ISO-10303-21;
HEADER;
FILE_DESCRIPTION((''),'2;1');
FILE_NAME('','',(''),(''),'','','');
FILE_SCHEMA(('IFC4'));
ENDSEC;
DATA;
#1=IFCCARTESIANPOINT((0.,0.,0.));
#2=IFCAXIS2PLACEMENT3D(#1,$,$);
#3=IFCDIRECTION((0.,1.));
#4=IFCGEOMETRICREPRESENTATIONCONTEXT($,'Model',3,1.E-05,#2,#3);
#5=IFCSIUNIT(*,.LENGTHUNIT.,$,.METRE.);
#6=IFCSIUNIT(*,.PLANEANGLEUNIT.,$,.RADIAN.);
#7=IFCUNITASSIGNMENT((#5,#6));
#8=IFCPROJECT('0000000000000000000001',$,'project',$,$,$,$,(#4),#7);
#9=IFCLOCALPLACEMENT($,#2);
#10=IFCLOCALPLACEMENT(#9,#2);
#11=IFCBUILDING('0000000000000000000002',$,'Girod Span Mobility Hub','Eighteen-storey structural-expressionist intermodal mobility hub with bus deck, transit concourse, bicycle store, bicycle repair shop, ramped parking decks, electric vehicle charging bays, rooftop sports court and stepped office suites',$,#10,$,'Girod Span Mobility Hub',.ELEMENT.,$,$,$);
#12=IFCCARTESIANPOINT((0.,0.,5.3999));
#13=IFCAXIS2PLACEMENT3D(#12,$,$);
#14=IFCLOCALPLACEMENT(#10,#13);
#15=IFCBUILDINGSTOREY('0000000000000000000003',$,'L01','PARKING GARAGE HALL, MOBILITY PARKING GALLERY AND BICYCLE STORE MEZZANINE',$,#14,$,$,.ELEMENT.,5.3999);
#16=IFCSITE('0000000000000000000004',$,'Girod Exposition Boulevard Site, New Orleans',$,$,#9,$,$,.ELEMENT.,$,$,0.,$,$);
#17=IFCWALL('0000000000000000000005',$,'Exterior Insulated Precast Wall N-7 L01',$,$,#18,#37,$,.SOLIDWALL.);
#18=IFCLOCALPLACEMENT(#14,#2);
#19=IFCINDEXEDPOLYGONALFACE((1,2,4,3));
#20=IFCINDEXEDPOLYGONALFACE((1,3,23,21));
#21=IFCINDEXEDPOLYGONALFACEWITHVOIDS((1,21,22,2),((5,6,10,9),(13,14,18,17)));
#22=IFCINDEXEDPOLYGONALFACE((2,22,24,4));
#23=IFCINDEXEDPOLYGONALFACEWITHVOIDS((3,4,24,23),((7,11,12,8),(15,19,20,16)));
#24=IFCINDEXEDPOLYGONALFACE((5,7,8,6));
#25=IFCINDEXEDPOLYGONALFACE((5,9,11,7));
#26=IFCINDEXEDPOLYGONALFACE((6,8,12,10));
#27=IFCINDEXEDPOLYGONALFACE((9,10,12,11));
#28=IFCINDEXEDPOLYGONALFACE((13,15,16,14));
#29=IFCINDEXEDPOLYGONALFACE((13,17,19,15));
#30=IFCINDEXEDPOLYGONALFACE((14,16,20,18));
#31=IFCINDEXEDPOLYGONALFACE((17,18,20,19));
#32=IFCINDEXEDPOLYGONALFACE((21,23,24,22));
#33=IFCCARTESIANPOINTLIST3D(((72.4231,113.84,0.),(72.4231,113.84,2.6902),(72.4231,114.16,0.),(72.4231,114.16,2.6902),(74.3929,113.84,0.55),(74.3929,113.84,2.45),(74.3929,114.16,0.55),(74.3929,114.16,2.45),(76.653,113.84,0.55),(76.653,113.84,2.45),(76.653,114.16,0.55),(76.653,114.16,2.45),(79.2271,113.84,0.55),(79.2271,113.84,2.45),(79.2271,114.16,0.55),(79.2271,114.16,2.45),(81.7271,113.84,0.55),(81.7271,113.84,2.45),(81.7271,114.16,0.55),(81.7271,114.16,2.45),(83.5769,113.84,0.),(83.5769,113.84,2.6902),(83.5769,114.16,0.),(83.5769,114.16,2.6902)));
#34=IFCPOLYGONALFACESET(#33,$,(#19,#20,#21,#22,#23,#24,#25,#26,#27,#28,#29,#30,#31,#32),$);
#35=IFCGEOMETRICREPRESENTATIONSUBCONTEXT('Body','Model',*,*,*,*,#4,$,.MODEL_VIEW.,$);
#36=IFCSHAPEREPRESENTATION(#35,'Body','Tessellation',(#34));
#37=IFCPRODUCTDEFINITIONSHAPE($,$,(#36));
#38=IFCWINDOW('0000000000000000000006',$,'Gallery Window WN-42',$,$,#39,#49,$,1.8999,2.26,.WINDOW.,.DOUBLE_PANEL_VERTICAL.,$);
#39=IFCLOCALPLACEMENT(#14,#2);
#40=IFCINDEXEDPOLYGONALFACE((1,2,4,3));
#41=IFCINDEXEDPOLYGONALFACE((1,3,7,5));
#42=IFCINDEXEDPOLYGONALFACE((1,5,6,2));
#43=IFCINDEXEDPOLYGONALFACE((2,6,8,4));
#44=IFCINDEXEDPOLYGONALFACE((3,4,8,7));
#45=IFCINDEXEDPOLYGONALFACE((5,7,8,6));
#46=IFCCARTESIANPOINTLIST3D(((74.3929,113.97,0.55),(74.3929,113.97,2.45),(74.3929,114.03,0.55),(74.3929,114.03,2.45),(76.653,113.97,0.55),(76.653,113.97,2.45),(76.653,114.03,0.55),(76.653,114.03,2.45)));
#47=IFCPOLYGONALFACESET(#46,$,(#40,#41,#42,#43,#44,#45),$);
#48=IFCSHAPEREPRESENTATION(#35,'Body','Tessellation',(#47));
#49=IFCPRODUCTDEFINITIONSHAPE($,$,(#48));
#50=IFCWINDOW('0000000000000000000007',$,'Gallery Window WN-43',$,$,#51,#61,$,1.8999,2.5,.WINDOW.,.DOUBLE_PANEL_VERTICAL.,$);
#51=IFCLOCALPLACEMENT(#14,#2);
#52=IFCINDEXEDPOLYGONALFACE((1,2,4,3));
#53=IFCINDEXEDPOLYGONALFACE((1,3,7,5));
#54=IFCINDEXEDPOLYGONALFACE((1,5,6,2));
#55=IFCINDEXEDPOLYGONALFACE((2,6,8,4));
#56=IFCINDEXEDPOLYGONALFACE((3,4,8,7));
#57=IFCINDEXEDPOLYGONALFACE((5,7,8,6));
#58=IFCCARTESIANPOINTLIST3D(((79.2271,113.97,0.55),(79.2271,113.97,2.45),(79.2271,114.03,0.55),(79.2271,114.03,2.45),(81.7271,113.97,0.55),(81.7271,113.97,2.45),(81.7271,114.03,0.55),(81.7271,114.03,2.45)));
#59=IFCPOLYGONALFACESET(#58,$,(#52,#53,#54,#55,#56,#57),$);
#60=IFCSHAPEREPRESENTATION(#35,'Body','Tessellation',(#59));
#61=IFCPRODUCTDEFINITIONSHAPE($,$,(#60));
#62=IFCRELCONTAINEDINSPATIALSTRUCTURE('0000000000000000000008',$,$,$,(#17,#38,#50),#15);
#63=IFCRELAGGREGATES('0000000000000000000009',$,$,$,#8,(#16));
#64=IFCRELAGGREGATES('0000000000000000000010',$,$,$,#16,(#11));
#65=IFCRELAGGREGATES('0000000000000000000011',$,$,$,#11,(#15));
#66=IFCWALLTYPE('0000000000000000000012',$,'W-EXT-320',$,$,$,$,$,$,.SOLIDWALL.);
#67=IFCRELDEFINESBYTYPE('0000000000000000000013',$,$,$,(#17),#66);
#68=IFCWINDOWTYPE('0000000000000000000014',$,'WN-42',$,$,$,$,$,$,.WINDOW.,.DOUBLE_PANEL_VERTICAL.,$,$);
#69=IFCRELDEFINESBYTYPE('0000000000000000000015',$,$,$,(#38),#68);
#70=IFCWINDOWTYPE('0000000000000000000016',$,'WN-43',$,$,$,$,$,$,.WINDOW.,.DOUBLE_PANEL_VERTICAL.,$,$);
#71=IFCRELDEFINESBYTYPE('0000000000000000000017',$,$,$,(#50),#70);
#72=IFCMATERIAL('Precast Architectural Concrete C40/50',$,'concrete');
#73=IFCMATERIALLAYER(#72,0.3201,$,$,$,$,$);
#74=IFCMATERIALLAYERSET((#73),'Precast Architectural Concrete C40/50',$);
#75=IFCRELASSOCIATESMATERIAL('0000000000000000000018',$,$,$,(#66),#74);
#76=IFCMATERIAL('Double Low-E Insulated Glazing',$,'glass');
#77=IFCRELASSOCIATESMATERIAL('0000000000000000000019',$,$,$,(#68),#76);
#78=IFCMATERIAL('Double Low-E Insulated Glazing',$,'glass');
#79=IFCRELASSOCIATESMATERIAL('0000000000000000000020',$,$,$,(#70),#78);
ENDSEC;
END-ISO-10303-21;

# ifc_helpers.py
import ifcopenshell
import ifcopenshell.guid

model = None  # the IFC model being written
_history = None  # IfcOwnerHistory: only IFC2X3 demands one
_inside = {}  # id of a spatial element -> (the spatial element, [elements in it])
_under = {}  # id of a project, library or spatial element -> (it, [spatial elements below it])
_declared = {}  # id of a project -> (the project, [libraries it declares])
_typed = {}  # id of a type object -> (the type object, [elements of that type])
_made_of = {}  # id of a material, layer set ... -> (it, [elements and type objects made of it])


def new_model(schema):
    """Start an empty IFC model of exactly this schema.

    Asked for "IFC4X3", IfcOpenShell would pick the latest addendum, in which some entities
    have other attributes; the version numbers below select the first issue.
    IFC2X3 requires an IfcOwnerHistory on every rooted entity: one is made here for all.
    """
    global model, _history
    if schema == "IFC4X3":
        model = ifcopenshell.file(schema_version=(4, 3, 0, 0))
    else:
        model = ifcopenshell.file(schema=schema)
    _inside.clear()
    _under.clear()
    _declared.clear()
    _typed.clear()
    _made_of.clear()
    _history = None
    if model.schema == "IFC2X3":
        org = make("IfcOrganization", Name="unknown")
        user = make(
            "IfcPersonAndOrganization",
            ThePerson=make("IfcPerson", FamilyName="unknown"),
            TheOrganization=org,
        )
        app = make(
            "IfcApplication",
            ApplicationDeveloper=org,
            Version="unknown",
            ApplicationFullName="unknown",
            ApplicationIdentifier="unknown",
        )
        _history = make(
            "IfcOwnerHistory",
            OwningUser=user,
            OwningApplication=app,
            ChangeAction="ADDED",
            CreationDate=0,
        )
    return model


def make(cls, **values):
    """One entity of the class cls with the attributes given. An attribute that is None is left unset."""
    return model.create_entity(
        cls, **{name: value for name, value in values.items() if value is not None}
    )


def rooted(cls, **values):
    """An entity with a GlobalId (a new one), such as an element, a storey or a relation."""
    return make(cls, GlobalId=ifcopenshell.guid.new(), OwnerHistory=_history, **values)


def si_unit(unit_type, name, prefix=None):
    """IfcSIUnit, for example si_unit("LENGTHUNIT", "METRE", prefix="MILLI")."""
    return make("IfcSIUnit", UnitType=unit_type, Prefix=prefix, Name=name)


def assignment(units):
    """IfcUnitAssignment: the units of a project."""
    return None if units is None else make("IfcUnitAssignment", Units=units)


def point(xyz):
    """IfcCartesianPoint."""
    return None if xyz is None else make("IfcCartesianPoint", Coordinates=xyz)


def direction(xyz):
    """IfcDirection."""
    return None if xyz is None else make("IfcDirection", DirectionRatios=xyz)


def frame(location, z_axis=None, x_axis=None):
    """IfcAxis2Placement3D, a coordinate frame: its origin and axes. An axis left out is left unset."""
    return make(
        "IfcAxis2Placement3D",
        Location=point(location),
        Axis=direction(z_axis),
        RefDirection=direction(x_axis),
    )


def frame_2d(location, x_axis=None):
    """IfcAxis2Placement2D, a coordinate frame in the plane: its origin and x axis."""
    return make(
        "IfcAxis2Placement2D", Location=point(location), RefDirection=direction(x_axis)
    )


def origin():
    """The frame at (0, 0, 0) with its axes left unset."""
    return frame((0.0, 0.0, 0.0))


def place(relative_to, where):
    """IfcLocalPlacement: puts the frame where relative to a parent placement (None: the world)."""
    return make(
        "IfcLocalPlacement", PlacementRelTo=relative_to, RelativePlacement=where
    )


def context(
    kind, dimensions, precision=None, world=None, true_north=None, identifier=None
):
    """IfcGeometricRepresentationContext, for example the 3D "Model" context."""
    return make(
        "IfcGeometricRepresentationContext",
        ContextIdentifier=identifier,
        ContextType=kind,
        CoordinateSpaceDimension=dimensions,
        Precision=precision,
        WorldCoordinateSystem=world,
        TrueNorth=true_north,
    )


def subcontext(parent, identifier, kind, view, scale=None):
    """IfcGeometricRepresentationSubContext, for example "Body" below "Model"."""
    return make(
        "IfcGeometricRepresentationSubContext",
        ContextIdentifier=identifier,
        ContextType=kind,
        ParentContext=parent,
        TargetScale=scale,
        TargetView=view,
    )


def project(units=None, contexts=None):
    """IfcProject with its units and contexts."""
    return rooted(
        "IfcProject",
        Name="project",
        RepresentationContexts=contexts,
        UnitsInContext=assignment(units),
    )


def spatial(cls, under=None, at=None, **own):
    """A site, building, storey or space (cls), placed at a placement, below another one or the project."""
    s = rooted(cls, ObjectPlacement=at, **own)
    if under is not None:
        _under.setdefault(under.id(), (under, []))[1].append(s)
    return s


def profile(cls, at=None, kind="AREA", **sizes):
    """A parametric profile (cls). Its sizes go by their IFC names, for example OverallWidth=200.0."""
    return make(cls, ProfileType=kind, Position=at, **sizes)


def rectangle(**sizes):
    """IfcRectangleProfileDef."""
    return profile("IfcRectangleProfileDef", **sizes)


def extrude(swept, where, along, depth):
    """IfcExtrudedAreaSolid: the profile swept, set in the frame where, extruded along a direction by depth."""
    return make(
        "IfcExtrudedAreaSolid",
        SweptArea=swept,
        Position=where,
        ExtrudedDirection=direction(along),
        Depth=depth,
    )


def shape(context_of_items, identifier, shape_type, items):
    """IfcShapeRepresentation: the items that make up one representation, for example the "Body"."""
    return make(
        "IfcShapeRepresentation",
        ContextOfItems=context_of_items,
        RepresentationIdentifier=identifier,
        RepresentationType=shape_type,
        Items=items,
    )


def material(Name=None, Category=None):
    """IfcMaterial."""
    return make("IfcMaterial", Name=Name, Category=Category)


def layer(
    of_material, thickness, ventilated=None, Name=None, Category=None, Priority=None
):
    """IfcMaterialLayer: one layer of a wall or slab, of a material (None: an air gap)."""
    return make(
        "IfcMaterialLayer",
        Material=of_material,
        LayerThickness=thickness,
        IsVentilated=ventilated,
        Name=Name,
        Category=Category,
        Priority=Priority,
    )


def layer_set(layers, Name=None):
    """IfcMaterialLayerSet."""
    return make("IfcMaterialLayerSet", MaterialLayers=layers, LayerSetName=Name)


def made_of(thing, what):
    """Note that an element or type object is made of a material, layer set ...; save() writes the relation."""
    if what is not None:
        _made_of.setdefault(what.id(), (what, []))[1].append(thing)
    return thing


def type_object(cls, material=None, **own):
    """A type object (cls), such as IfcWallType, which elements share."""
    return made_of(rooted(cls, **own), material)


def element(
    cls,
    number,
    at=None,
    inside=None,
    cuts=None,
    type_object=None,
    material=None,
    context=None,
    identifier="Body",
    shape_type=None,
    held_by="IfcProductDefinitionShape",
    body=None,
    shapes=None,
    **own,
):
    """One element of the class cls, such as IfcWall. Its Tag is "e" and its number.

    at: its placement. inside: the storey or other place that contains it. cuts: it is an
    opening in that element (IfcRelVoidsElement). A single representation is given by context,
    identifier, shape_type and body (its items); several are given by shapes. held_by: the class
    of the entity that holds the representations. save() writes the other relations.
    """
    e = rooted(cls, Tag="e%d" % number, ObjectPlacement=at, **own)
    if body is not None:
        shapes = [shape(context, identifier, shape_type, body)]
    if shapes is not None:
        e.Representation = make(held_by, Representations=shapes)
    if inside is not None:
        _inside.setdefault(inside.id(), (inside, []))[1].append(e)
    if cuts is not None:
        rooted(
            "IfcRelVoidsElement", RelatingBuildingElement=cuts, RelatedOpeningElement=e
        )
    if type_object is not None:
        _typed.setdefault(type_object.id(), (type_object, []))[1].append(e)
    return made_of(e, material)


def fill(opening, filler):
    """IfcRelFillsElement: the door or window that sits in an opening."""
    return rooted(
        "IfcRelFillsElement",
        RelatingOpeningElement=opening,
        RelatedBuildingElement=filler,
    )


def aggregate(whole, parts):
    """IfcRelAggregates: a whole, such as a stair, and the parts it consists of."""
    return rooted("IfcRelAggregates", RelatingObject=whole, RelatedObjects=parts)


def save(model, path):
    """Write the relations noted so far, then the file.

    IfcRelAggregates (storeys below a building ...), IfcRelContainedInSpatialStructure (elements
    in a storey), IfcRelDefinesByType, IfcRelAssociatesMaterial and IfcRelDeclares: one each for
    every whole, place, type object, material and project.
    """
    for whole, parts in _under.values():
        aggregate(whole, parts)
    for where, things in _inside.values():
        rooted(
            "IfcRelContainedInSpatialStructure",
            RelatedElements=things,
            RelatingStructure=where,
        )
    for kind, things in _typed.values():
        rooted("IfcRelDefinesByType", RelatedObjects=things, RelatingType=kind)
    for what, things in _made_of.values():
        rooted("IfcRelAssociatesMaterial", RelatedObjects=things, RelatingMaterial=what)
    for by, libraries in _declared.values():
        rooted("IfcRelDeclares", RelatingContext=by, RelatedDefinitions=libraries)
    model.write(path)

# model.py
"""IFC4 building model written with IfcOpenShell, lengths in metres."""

from ifc_helpers import new_model, si_unit, direction, frame, frame_2d, origin, place, context, subcontext, project, spatial, rectangle, extrude, material, layer, layer_set, type_object, element, fill, save


model = new_model("IFC4")

# Units and contexts
model_context = context("Model", 3, precision=1e-05, world=origin(), true_north=direction((0.0, 1.0)))
body_context = subcontext(model_context, "Body", "Model", "MODEL_VIEW")
ifc_project = project(units=[si_unit("LENGTHUNIT", "METRE"), si_unit("PLANEANGLEUNIT", "RADIAN")], contexts=[model_context])

# Site, building, storey
site_placement = place(None, origin())
site = spatial("IfcSite", under=ifc_project, at=site_placement, Name="Girod Exposition Boulevard Site, New Orleans", CompositionType="ELEMENT", RefElevation=0.0)
building_placement = place(site_placement, origin())
building = spatial("IfcBuilding", under=site, at=building_placement, Name="Girod Span Mobility Hub", Description="Eighteen-storey structural-expressionist intermodal mobility hub with bus deck, transit concourse, bicycle store, bicycle repair shop, ramped parking decks, electric vehicle charging bays, rooftop sports court and stepped office suites", LongName="Girod Span Mobility Hub", CompositionType="ELEMENT")
storey_placement = place(building_placement, frame((0.0, 0.0, 5.3999)))
storey = spatial("IfcBuildingStorey", under=building, at=storey_placement, Name="L01", Description="PARKING GARAGE HALL, MOBILITY PARKING GALLERY AND BICYCLE STORE MEZZANINE", CompositionType="ELEMENT", Elevation=5.3999)

# Wall, openings, windows
ifc_material_1 = material(Name="Precast Architectural Concrete C40/50", Category="concrete")
ifc_layer_1 = layer(ifc_material_1, 0.3201)
ifc_layer_set_1 = layer_set([ifc_layer_1], Name="Precast Architectural Concrete C40/50")
wall_type = type_object("IfcWallType", Name="W-EXT-320", PredefinedType="SOLIDWALL", material=ifc_layer_set_1)
wall_placement = place(storey_placement, frame((72.4231, 114.0, 0.0), z_axis=(0.0, 0.0, 1.0), x_axis=(1.0, 0.0, 0.0)))
wall = element("IfcWall", 1, at=wall_placement, inside=storey, type_object=wall_type, Name="Exterior Insulated Precast Wall N-7 L01", PredefinedType="SOLIDWALL", context=body_context, shape_type="SweptSolid", body=[
    extrude(rectangle(XDim=11.1538, YDim=0.3201, at=frame_2d((5.5769, 0.0))), origin(), (0.0, 0.0, 1.0), 2.6902),
])
opening_1_placement = place(wall_placement, frame((1.97, 0.0, 0.55)))
opening_1 = element("IfcOpeningElement", 2, at=opening_1_placement, cuts=wall, PredefinedType="OPENING", context=body_context, shape_type="SweptSolid", body=[
    extrude(rectangle(XDim=2.26, YDim=1.8999, at=frame_2d((1.1299, 0.95))), frame((0.0, 0.175, 0.0), z_axis=(0.0, -1.0, 0.0), x_axis=(1.0, 0.0, 0.0)), (0.0, 0.0, 1.0), 0.3501),
])
opening_2_placement = place(wall_placement, frame((6.804, 0.0, 0.55)))
opening_2 = element("IfcOpeningElement", 3, at=opening_2_placement, cuts=wall, PredefinedType="OPENING", context=body_context, shape_type="SweptSolid", body=[
    extrude(rectangle(XDim=2.5, YDim=1.8999, at=frame_2d((1.25, 0.95))), frame((0.0, 0.175, 0.0), z_axis=(0.0, -1.0, 0.0), x_axis=(1.0, 0.0, 0.0)), (0.0, 0.0, 1.0), 0.3501),
])
ifc_material_2 = material(Name="Double Low-E Insulated Glazing", Category="glass")
window_type_1 = type_object("IfcWindowType", Name="WN-42", PartitioningType="DOUBLE_PANEL_VERTICAL", PredefinedType="WINDOW", material=ifc_material_2)
window_1_placement = place(opening_1_placement, origin())
window_1 = element("IfcWindow", 4, at=window_1_placement, inside=storey, type_object=window_type_1, Name="Gallery Window WN-42", OverallHeight=1.8999, OverallWidth=2.26, PartitioningType="DOUBLE_PANEL_VERTICAL", PredefinedType="WINDOW", context=body_context, shape_type="SweptSolid", body=[
    extrude(rectangle(XDim=2.26, YDim=1.8999, at=frame_2d((1.1299, 0.95))), frame((0.0, 0.03, 0.0), z_axis=(0.0, -1.0, 0.0), x_axis=(1.0, 0.0, 0.0)), (0.0, 0.0, 1.0), 0.0601),
])
fill(opening_1, window_1)
ifc_material_3 = material(Name="Double Low-E Insulated Glazing", Category="glass")
window_type_2 = type_object("IfcWindowType", Name="WN-43", PartitioningType="DOUBLE_PANEL_VERTICAL", PredefinedType="WINDOW", material=ifc_material_3)
window_2_placement = place(opening_2_placement, origin())
window_2 = element("IfcWindow", 5, at=window_2_placement, inside=storey, type_object=window_type_2, Name="Gallery Window WN-43", OverallHeight=1.8999, OverallWidth=2.5, PartitioningType="DOUBLE_PANEL_VERTICAL", PredefinedType="WINDOW", context=body_context, shape_type="SweptSolid", body=[
    extrude(rectangle(XDim=2.5, YDim=1.8999, at=frame_2d((1.25, 0.95))), frame((0.0, 0.03, 0.0), z_axis=(0.0, -1.0, 0.0), x_axis=(1.0, 0.0, 0.0)), (0.0, 0.0, 1.0), 0.0601),
])
fill(opening_2, window_2)

save(model, "model.ifc")
